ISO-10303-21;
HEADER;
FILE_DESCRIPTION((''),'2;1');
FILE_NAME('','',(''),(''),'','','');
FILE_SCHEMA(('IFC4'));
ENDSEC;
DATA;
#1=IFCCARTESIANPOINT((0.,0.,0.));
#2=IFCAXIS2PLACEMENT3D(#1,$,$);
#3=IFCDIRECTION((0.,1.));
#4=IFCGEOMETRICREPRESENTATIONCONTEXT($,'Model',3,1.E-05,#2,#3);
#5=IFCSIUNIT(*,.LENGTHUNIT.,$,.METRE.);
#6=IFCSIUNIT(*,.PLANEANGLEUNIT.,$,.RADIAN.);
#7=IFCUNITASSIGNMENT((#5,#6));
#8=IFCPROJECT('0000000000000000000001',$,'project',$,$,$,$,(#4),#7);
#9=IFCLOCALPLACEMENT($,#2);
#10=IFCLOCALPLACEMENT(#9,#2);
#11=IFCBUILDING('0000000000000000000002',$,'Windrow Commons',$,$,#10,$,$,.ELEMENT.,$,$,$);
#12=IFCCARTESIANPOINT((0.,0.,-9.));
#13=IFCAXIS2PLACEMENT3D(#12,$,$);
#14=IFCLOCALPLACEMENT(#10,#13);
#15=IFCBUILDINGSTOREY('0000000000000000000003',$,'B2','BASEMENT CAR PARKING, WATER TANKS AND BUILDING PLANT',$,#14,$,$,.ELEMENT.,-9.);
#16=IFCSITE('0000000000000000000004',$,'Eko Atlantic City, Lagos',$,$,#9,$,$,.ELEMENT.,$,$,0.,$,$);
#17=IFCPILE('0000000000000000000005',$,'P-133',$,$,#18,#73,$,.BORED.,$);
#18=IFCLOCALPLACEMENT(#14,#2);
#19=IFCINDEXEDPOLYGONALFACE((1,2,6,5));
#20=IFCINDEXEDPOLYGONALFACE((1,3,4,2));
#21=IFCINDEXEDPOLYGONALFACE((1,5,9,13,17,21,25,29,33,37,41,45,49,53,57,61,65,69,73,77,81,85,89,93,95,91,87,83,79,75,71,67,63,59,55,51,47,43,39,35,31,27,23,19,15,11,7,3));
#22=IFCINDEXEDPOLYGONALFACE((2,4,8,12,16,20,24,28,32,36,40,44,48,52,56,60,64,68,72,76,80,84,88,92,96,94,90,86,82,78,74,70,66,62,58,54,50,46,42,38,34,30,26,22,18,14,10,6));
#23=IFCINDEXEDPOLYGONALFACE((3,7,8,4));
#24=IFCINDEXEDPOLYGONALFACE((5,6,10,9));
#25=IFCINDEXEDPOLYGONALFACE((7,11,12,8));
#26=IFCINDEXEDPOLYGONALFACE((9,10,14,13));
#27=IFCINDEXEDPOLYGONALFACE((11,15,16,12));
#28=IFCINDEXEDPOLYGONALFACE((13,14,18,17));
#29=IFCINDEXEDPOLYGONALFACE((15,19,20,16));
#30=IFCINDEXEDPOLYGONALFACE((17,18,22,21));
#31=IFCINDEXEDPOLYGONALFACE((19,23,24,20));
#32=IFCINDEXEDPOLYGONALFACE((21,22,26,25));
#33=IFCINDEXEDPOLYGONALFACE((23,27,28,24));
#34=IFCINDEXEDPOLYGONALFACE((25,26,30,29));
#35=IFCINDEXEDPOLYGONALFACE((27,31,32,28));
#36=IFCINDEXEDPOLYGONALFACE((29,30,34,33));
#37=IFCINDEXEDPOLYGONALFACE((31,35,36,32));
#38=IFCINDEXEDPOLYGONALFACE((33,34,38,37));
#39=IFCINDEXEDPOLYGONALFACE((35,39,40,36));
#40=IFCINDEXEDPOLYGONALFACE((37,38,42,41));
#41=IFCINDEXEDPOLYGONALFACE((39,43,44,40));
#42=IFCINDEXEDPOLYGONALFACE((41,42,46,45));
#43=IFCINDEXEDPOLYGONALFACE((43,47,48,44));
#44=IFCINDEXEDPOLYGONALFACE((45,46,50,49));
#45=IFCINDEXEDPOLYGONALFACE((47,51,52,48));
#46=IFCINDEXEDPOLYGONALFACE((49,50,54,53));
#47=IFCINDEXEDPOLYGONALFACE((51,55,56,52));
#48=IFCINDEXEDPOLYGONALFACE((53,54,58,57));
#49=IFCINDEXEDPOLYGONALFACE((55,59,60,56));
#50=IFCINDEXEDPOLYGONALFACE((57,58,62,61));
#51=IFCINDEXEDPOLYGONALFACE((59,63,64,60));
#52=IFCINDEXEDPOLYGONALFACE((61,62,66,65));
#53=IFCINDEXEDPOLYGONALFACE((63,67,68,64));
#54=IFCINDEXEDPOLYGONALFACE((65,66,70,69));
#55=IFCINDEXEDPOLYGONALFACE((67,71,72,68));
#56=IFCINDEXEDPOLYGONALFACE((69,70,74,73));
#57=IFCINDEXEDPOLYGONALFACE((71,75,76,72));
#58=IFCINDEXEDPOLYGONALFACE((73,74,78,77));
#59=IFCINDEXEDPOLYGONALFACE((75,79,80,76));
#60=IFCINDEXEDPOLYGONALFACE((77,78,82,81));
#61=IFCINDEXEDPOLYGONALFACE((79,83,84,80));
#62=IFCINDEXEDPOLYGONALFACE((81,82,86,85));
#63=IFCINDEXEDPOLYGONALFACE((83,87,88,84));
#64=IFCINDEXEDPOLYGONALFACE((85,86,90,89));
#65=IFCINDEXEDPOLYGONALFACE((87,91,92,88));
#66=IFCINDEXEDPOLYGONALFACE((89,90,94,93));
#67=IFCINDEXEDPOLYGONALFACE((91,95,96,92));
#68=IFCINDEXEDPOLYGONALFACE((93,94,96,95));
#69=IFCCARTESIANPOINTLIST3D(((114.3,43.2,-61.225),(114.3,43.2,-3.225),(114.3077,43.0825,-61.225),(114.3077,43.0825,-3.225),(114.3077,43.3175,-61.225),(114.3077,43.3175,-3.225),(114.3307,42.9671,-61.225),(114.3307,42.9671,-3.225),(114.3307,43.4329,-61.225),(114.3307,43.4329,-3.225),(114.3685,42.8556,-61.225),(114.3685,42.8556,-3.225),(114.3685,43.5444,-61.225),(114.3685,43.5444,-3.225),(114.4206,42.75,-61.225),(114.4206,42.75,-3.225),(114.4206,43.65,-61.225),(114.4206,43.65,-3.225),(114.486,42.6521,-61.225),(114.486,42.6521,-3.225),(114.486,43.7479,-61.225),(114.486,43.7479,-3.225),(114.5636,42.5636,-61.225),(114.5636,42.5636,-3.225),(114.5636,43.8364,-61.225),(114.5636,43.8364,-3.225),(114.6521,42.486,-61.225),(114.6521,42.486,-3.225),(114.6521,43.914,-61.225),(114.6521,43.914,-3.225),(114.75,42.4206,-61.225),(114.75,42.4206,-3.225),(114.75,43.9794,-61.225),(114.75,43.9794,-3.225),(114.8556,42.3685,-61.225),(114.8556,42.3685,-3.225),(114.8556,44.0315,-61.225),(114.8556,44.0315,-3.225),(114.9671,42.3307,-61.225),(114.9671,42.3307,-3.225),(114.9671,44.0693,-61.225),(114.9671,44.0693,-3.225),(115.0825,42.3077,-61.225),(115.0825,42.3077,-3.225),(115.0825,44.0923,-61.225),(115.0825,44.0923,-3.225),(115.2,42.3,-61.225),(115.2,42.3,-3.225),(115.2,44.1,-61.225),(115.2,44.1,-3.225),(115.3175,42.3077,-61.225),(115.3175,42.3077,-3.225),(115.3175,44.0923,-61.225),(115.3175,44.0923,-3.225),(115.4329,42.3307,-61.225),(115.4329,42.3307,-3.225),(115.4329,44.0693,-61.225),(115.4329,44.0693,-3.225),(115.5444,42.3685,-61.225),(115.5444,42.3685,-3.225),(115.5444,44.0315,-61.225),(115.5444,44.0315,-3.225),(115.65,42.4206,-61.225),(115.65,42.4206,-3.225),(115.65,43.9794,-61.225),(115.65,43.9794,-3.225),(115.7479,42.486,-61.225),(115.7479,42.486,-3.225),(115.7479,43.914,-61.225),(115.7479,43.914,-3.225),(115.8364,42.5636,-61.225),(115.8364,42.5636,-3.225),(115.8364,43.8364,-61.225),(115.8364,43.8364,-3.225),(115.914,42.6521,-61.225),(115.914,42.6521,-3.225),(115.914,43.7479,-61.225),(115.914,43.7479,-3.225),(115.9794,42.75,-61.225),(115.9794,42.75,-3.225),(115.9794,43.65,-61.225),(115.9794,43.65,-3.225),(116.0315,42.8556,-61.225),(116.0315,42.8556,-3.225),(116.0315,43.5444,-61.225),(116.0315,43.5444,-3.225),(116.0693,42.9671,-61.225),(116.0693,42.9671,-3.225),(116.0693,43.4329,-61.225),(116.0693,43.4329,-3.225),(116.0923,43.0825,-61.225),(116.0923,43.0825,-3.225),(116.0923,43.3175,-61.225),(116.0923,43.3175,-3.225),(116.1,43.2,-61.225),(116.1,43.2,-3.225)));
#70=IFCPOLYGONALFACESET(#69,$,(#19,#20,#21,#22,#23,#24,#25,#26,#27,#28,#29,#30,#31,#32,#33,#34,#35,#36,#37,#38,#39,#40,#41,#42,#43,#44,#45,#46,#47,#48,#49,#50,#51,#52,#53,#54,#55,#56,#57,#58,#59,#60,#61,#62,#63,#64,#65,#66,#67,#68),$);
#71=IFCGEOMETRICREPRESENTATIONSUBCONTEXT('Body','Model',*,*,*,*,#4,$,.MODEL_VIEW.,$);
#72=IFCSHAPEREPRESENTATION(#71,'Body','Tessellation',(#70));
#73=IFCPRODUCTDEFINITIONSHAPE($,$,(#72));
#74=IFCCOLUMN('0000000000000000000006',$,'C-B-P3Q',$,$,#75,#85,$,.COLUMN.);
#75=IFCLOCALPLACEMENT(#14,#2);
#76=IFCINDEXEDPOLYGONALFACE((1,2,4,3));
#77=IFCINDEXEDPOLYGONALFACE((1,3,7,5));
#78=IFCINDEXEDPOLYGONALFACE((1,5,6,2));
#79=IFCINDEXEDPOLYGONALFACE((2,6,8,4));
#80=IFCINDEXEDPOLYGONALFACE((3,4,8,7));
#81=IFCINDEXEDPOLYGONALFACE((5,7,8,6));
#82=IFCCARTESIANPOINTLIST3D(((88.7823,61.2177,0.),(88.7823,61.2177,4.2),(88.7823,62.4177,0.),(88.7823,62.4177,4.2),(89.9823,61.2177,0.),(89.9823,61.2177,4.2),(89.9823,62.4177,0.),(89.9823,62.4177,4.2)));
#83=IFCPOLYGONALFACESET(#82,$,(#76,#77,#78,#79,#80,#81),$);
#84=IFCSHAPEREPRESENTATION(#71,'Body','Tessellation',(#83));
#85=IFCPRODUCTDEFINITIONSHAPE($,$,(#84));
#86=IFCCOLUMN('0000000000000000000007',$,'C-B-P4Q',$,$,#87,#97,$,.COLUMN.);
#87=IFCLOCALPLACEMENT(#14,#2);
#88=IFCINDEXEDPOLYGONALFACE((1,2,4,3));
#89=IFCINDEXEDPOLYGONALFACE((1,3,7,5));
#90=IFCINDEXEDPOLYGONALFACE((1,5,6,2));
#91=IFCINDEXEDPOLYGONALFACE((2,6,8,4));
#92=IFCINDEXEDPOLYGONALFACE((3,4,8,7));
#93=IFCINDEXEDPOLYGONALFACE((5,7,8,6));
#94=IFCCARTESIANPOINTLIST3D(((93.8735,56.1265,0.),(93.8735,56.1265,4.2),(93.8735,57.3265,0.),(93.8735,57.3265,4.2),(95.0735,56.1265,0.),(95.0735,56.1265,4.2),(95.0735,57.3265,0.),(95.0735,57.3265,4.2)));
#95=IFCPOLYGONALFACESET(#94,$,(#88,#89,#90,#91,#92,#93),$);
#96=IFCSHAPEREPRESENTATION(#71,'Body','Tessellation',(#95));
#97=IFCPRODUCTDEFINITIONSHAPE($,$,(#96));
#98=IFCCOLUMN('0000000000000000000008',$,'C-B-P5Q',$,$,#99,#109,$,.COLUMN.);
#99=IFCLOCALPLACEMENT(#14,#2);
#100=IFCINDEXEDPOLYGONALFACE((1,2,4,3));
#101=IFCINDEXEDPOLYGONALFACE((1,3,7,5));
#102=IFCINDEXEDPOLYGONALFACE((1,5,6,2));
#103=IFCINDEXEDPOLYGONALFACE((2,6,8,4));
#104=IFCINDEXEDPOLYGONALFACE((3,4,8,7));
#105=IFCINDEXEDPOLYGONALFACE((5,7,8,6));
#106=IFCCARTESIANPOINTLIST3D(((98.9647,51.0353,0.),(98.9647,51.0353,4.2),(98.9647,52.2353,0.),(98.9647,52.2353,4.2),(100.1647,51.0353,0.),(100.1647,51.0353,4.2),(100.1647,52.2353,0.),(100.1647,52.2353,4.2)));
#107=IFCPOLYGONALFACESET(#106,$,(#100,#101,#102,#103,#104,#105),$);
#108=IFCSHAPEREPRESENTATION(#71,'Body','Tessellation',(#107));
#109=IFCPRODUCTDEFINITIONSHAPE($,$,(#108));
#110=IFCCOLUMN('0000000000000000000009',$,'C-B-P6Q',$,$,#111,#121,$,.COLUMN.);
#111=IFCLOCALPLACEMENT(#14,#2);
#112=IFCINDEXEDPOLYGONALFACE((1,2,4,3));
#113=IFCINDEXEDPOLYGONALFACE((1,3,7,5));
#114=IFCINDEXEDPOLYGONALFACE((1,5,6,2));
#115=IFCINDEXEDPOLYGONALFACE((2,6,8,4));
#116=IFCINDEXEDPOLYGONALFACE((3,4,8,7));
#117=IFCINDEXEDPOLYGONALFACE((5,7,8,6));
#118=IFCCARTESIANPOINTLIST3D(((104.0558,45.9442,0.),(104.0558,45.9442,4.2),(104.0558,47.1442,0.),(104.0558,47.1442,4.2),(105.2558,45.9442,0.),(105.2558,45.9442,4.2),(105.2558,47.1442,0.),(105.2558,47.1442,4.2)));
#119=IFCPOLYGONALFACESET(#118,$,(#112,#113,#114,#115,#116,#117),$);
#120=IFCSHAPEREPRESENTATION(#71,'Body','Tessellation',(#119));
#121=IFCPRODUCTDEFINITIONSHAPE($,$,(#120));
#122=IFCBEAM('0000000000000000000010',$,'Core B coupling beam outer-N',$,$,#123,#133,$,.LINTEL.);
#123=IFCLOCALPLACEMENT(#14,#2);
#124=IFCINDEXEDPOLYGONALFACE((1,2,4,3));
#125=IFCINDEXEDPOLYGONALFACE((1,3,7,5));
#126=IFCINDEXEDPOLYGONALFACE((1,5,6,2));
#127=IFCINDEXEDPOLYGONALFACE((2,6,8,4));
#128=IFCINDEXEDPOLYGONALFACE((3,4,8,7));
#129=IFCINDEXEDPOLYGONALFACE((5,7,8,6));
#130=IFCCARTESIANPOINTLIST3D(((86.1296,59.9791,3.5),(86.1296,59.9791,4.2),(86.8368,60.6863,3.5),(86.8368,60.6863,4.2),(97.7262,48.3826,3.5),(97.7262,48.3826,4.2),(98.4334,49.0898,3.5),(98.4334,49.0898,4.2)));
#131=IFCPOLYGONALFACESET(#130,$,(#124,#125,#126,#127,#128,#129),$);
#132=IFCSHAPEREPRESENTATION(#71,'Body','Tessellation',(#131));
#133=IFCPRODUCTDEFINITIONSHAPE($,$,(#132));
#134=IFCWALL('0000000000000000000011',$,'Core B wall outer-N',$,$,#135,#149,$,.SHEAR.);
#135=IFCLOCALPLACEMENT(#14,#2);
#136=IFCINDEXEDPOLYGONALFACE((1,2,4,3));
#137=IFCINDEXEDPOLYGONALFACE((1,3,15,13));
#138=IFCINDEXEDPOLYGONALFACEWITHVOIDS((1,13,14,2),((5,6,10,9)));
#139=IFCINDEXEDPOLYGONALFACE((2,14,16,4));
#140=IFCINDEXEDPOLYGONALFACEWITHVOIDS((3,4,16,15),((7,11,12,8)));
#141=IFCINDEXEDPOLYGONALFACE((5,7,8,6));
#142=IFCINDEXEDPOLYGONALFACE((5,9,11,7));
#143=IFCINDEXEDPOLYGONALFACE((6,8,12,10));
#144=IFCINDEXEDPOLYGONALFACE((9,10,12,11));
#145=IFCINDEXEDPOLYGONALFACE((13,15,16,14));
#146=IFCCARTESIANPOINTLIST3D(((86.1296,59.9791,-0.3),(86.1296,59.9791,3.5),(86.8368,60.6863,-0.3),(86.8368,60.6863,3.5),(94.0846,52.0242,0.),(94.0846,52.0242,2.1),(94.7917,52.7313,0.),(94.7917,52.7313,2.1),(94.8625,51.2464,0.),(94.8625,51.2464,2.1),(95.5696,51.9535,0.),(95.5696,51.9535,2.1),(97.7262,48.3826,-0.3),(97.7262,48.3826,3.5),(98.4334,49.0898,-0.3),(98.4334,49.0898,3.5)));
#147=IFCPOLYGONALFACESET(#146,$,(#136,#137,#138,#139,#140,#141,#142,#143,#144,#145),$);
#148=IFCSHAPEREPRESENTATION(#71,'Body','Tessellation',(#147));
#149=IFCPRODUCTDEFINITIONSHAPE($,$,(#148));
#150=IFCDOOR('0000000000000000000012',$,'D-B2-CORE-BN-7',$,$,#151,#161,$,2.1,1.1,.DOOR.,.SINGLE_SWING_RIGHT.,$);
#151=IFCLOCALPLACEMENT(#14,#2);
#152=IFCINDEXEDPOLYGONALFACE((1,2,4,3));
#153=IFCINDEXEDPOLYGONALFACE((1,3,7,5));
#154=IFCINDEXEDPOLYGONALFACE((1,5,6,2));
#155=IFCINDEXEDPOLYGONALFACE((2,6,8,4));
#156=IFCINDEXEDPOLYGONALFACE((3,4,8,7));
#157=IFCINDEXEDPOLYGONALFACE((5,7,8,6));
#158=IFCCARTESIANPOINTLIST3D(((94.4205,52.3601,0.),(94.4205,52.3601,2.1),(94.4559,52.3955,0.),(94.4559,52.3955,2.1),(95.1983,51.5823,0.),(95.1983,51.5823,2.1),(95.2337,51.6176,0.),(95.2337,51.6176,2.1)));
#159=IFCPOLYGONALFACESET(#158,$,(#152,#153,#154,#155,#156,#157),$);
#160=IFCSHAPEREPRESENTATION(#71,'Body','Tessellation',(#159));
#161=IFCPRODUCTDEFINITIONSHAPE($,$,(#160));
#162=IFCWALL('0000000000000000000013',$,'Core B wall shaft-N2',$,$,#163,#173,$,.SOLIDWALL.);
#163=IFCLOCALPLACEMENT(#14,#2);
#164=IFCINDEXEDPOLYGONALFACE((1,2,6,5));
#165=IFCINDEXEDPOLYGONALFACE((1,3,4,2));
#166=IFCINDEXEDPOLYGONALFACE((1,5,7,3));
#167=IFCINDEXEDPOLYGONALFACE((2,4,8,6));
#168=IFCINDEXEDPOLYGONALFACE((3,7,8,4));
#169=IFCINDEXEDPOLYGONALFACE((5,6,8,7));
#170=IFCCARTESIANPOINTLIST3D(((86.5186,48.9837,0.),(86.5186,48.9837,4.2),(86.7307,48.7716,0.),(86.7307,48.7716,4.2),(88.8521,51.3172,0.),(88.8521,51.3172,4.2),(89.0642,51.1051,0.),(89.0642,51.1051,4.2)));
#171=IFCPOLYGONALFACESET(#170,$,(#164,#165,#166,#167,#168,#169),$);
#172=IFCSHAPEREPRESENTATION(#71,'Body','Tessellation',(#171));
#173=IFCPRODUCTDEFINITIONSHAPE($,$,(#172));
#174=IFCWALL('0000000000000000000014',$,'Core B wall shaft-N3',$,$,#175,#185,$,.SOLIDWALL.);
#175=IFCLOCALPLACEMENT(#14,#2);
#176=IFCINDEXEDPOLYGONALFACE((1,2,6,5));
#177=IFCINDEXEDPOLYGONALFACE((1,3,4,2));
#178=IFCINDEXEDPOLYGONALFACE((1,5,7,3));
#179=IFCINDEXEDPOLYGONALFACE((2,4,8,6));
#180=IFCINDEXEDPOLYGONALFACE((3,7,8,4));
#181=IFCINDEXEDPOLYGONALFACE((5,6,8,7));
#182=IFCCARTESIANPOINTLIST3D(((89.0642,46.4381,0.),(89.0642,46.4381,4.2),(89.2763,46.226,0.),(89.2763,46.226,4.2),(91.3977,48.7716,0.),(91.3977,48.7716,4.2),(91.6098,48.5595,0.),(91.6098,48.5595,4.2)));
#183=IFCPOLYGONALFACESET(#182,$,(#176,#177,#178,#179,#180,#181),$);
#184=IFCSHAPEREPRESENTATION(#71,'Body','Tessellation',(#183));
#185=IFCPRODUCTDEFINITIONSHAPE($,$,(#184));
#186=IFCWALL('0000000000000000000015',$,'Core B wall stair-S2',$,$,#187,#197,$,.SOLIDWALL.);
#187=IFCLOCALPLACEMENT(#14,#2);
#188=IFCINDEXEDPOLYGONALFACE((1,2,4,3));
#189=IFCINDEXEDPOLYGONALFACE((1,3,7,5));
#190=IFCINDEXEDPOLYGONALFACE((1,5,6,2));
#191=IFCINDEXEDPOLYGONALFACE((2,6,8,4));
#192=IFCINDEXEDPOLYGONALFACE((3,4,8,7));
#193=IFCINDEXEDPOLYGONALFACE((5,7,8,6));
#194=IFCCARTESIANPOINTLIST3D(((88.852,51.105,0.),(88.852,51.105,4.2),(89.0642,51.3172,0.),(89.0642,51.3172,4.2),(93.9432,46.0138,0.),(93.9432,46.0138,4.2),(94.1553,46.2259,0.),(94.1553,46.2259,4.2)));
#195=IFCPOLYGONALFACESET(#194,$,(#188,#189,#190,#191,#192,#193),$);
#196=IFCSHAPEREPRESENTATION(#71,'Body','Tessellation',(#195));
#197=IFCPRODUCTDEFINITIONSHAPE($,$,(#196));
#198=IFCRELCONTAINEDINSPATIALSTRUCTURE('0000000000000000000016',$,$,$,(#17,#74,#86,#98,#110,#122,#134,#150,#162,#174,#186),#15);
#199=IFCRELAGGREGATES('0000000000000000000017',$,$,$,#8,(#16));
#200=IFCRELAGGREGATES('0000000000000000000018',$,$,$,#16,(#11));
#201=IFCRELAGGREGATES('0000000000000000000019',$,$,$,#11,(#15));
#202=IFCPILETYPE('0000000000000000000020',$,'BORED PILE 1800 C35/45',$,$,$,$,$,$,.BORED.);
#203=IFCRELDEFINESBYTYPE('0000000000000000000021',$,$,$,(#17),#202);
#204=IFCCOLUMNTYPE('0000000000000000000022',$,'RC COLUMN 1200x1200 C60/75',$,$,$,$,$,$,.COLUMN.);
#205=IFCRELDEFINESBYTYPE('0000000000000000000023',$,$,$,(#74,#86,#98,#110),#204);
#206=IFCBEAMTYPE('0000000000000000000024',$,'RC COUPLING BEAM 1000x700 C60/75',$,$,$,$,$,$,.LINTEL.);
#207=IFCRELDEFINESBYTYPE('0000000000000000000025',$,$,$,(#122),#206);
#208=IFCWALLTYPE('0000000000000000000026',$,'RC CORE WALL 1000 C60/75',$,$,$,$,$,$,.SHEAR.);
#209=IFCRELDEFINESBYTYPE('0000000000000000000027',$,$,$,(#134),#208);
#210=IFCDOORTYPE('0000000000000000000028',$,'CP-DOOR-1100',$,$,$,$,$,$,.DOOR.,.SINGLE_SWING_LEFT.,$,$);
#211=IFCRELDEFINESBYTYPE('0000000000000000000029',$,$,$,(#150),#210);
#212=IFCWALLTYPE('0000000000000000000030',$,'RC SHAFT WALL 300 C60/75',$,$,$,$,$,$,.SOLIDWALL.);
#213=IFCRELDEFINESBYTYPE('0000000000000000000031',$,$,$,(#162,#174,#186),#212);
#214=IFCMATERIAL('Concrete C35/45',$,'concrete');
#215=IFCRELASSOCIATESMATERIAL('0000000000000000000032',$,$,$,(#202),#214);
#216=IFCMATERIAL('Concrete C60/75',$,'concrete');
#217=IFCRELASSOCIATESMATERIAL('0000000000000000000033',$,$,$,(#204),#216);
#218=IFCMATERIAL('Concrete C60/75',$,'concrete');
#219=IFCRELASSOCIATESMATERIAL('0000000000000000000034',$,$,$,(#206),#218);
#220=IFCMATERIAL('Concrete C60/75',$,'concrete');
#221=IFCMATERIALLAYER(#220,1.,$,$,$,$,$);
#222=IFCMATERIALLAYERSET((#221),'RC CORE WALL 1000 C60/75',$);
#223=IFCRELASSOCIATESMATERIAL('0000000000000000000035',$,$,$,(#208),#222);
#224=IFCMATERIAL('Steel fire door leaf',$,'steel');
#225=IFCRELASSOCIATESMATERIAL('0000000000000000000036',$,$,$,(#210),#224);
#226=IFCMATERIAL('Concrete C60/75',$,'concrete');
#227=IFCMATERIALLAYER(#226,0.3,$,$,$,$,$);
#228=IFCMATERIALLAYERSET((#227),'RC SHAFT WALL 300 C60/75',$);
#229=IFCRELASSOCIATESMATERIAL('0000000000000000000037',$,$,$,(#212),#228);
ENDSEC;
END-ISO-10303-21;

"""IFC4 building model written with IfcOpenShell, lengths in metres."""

from ifc_helpers import new_model, si_unit, direction, frame, frame_2d, origin, origin_2d, place, context, subcontext, project, spatial, rectangle, circle, extrude, material, layer, layer_set, material_profile, profile_set, type_object, element, fill, save


model = new_model("IFC4")

# Units and contexts
model_context = context("Model", 3, precision=1e-05, world=origin(), true_north=direction((0.0, 1.0)))
body_context = subcontext(model_context, "Body", "Model", "MODEL_VIEW")
ifc_project = project(units=[si_unit("LENGTHUNIT", "METRE"), si_unit("PLANEANGLEUNIT", "RADIAN")], contexts=[model_context])

# Site, building, storey
site_placement = place(None, origin())
site = spatial("IfcSite", under=ifc_project, at=site_placement, Name="Eko Atlantic City, Lagos", CompositionType="ELEMENT", RefElevation=0.0)
building_placement = place(site_placement, origin())
building = spatial("IfcBuilding", under=site, at=building_placement, Name="Windrow Commons", CompositionType="ELEMENT")
storey_placement = place(building_placement, frame((0.0, 0.0, -9.0)))
storey = spatial("IfcBuildingStorey", under=building, at=storey_placement, Name="B2", Description="BASEMENT CAR PARKING, WATER TANKS AND BUILDING PLANT", CompositionType="ELEMENT", Elevation=-9.0)

# Pile
ifc_material_1 = material(Name="Concrete C35/45", Category="concrete")
ifc_material_profile_1 = material_profile(ifc_material_1, circle(Radius=0.9, at=origin_2d()))
ifc_profile_set_1 = profile_set([ifc_material_profile_1], Name="Concrete C35/45")
pile_type = type_object("IfcPileType", Name="BORED PILE 1800 C35/45", PredefinedType="BORED", material=ifc_profile_set_1)
for number, where, z_axis, x_axis, name in (
    (1, (115.2, 43.2, -3.225), (0.0, 0.0, -1.0), (1.0, 0.0, 0.0), "P-133"),
):
    element("IfcPile", number, at=place(storey_placement, frame(where, z_axis=z_axis, x_axis=x_axis)), inside=storey, type_object=pile_type, Name=name, PredefinedType="BORED", context=body_context, shape_type="SweptSolid", body=[
        extrude(circle(Radius=0.9, at=origin_2d()), origin(), (0.0, 0.0, 1.0), 58.0),
    ])

# Columns
ifc_material_2 = material(Name="Concrete C60/75", Category="concrete")
ifc_material_profile_2 = material_profile(ifc_material_2, rectangle(XDim=1.2, YDim=1.2, at=origin_2d()))
ifc_profile_set_2 = profile_set([ifc_material_profile_2], Name="Concrete C60/75")
column_type = type_object("IfcColumnType", Name="RC COLUMN 1200x1200 C60/75", PredefinedType="COLUMN", material=ifc_profile_set_2)
for number, where, z_axis, x_axis, name in (
    (2, (89.3823, 61.8177, 0.0), (0.0, 0.0, 1.0), (1.0, 0.0, 0.0), "C-B-P3Q"),
    (3, (94.4735, 56.7265, 0.0), (0.0, 0.0, 1.0), (1.0, 0.0, 0.0), "C-B-P4Q"),
    (4, (99.5647, 51.6353, 0.0), (0.0, 0.0, 1.0), (1.0, 0.0, 0.0), "C-B-P5Q"),
    (5, (104.6558, 46.5442, 0.0), (0.0, 0.0, 1.0), (1.0, 0.0, 0.0), "C-B-P6Q"),
):
    element("IfcColumn", number, at=place(storey_placement, frame(where, z_axis=z_axis, x_axis=x_axis)), inside=storey, type_object=column_type, Name=name, PredefinedType="COLUMN", context=body_context, shape_type="SweptSolid", body=[
        extrude(rectangle(XDim=1.2, YDim=1.2, at=origin_2d()), origin(), (0.0, 0.0, 1.0), 4.2),
    ])

# Beam
ifc_material_3 = material(Name="Concrete C60/75", Category="concrete")
ifc_material_profile_3 = material_profile(ifc_material_3, rectangle(XDim=1.0, YDim=0.7, at=origin_2d()))
ifc_profile_set_3 = profile_set([ifc_material_profile_3], Name="Concrete C60/75")
beam_type = type_object("IfcBeamType", Name="RC COUPLING BEAM 1000x700 C60/75", PredefinedType="LINTEL", material=ifc_profile_set_3)
beam_placement = place(storey_placement, frame((86.4832, 60.3327, 3.85), z_axis=(0.70711, -0.707104, 0.0), x_axis=(0.707104, 0.70711, 0.0)))
element("IfcBeam", 6, at=beam_placement, inside=storey, type_object=beam_type, Name="Core B coupling beam outer-N", PredefinedType="LINTEL", context=body_context, shape_type="SweptSolid", body=[
    extrude(rectangle(XDim=1.0, YDim=0.7, at=origin_2d()), origin(), (0.0, 0.0, 1.0), 16.4),
])

# Wall, opening, door
ifc_material_4 = material(Name="Concrete C60/75", Category="concrete")
ifc_layer_1 = layer(ifc_material_4, 1.0)
ifc_layer_set_1 = layer_set([ifc_layer_1], Name="RC CORE WALL 1000 C60/75")
wall_type_1 = type_object("IfcWallType", Name="RC CORE WALL 1000 C60/75", PredefinedType="SHEAR", material=ifc_layer_set_1)
wall_1_placement = place(storey_placement, frame((86.4832, 60.3327, -0.3), z_axis=(0.0, 0.0, 1.0), x_axis=(0.70711, -0.707104, 0.0)))
wall_1 = element("IfcWall", 7, at=wall_1_placement, inside=storey, type_object=wall_type_1, Name="Core B wall outer-N", PredefinedType="SHEAR", context=body_context, shape_type="SweptSolid", body=[
    extrude(rectangle(XDim=16.4, YDim=1.0, at=frame_2d((8.2, 0.0))), origin(), (0.0, 0.0, 1.0), 3.8),
])
opening_placement = place(wall_1_placement, frame((11.25, 0.0, 0.3)))
opening = element("IfcOpeningElement", 8, at=opening_placement, cuts=wall_1, PredefinedType="OPENING", context=body_context, shape_type="SweptSolid", body=[
    extrude(rectangle(XDim=1.1, YDim=2.1, at=frame_2d((0.55, 1.05))), frame((0.0, 0.51, 0.0), z_axis=(0.0, -1.0, 0.0), x_axis=(1.0, 0.0, 0.0)), (0.0, 0.0, 1.0), 1.02),
])
ifc_material_5 = material(Name="Steel fire door leaf", Category="steel")
door_type = type_object("IfcDoorType", Name="CP-DOOR-1100", OperationType="SINGLE_SWING_LEFT", PredefinedType="DOOR", material=ifc_material_5)
door_placement = place(opening_placement, origin())
door = element("IfcDoor", 9, at=door_placement, inside=storey, type_object=door_type, Name="D-B2-CORE-BN-7", OperationType="SINGLE_SWING_RIGHT", OverallHeight=2.1, OverallWidth=1.1, PredefinedType="DOOR", context=body_context, shape_type="SweptSolid", body=[
    extrude(rectangle(XDim=1.1, YDim=2.1, at=frame_2d((0.55, 1.05))), frame((0.0, 0.025, 0.0), z_axis=(0.0, -1.0, 0.0), x_axis=(1.0, 0.0, 0.0)), (0.0, 0.0, 1.0), 0.05),
])
fill(opening, door)

# Walls
ifc_material_6 = material(Name="Concrete C60/75", Category="concrete")
ifc_layer_2 = layer(ifc_material_6, 0.3)
ifc_layer_set_2 = layer_set([ifc_layer_2], Name="RC SHAFT WALL 300 C60/75")
wall_type_2 = type_object("IfcWallType", Name="RC SHAFT WALL 300 C60/75", PredefinedType="SOLIDWALL", material=ifc_layer_set_2)
for number, where, z_axis, x_axis, name in (
    (10, (86.6246, 48.8776, 0.0), (0.0, 0.0, 1.0), (0.707107, 0.707107, 0.0), "Core B wall shaft-N2"),
    (11, (89.1702, 46.332, 0.0), (0.0, 0.0, 1.0), (0.707107, 0.707107, 0.0), "Core B wall shaft-N3"),
):
    element("IfcWall", number, at=place(storey_placement, frame(where, z_axis=z_axis, x_axis=x_axis)), inside=storey, type_object=wall_type_2, Name=name, PredefinedType="SOLIDWALL", context=body_context, shape_type="SweptSolid", body=[
        extrude(rectangle(XDim=3.3001, YDim=0.3, at=frame_2d((1.6501, 0.0))), origin(), (0.0, 0.0, 1.0), 4.2),
    ])
wall_2_placement = place(storey_placement, frame((88.9581, 51.2111, 0.0), z_axis=(0.0, 0.0, 1.0), x_axis=(0.7071, -0.707114, 0.0)))
element("IfcWall", 12, at=wall_2_placement, inside=storey, type_object=wall_type_2, Name="Core B wall stair-S2", PredefinedType="SOLIDWALL", context=body_context, shape_type="SweptSolid", body=[
    extrude(rectangle(XDim=7.2, YDim=0.3, at=frame_2d((3.6, 0.0))), origin(), (0.0, 0.0, 1.0), 4.2),
])

save(model, "model.ifc")
